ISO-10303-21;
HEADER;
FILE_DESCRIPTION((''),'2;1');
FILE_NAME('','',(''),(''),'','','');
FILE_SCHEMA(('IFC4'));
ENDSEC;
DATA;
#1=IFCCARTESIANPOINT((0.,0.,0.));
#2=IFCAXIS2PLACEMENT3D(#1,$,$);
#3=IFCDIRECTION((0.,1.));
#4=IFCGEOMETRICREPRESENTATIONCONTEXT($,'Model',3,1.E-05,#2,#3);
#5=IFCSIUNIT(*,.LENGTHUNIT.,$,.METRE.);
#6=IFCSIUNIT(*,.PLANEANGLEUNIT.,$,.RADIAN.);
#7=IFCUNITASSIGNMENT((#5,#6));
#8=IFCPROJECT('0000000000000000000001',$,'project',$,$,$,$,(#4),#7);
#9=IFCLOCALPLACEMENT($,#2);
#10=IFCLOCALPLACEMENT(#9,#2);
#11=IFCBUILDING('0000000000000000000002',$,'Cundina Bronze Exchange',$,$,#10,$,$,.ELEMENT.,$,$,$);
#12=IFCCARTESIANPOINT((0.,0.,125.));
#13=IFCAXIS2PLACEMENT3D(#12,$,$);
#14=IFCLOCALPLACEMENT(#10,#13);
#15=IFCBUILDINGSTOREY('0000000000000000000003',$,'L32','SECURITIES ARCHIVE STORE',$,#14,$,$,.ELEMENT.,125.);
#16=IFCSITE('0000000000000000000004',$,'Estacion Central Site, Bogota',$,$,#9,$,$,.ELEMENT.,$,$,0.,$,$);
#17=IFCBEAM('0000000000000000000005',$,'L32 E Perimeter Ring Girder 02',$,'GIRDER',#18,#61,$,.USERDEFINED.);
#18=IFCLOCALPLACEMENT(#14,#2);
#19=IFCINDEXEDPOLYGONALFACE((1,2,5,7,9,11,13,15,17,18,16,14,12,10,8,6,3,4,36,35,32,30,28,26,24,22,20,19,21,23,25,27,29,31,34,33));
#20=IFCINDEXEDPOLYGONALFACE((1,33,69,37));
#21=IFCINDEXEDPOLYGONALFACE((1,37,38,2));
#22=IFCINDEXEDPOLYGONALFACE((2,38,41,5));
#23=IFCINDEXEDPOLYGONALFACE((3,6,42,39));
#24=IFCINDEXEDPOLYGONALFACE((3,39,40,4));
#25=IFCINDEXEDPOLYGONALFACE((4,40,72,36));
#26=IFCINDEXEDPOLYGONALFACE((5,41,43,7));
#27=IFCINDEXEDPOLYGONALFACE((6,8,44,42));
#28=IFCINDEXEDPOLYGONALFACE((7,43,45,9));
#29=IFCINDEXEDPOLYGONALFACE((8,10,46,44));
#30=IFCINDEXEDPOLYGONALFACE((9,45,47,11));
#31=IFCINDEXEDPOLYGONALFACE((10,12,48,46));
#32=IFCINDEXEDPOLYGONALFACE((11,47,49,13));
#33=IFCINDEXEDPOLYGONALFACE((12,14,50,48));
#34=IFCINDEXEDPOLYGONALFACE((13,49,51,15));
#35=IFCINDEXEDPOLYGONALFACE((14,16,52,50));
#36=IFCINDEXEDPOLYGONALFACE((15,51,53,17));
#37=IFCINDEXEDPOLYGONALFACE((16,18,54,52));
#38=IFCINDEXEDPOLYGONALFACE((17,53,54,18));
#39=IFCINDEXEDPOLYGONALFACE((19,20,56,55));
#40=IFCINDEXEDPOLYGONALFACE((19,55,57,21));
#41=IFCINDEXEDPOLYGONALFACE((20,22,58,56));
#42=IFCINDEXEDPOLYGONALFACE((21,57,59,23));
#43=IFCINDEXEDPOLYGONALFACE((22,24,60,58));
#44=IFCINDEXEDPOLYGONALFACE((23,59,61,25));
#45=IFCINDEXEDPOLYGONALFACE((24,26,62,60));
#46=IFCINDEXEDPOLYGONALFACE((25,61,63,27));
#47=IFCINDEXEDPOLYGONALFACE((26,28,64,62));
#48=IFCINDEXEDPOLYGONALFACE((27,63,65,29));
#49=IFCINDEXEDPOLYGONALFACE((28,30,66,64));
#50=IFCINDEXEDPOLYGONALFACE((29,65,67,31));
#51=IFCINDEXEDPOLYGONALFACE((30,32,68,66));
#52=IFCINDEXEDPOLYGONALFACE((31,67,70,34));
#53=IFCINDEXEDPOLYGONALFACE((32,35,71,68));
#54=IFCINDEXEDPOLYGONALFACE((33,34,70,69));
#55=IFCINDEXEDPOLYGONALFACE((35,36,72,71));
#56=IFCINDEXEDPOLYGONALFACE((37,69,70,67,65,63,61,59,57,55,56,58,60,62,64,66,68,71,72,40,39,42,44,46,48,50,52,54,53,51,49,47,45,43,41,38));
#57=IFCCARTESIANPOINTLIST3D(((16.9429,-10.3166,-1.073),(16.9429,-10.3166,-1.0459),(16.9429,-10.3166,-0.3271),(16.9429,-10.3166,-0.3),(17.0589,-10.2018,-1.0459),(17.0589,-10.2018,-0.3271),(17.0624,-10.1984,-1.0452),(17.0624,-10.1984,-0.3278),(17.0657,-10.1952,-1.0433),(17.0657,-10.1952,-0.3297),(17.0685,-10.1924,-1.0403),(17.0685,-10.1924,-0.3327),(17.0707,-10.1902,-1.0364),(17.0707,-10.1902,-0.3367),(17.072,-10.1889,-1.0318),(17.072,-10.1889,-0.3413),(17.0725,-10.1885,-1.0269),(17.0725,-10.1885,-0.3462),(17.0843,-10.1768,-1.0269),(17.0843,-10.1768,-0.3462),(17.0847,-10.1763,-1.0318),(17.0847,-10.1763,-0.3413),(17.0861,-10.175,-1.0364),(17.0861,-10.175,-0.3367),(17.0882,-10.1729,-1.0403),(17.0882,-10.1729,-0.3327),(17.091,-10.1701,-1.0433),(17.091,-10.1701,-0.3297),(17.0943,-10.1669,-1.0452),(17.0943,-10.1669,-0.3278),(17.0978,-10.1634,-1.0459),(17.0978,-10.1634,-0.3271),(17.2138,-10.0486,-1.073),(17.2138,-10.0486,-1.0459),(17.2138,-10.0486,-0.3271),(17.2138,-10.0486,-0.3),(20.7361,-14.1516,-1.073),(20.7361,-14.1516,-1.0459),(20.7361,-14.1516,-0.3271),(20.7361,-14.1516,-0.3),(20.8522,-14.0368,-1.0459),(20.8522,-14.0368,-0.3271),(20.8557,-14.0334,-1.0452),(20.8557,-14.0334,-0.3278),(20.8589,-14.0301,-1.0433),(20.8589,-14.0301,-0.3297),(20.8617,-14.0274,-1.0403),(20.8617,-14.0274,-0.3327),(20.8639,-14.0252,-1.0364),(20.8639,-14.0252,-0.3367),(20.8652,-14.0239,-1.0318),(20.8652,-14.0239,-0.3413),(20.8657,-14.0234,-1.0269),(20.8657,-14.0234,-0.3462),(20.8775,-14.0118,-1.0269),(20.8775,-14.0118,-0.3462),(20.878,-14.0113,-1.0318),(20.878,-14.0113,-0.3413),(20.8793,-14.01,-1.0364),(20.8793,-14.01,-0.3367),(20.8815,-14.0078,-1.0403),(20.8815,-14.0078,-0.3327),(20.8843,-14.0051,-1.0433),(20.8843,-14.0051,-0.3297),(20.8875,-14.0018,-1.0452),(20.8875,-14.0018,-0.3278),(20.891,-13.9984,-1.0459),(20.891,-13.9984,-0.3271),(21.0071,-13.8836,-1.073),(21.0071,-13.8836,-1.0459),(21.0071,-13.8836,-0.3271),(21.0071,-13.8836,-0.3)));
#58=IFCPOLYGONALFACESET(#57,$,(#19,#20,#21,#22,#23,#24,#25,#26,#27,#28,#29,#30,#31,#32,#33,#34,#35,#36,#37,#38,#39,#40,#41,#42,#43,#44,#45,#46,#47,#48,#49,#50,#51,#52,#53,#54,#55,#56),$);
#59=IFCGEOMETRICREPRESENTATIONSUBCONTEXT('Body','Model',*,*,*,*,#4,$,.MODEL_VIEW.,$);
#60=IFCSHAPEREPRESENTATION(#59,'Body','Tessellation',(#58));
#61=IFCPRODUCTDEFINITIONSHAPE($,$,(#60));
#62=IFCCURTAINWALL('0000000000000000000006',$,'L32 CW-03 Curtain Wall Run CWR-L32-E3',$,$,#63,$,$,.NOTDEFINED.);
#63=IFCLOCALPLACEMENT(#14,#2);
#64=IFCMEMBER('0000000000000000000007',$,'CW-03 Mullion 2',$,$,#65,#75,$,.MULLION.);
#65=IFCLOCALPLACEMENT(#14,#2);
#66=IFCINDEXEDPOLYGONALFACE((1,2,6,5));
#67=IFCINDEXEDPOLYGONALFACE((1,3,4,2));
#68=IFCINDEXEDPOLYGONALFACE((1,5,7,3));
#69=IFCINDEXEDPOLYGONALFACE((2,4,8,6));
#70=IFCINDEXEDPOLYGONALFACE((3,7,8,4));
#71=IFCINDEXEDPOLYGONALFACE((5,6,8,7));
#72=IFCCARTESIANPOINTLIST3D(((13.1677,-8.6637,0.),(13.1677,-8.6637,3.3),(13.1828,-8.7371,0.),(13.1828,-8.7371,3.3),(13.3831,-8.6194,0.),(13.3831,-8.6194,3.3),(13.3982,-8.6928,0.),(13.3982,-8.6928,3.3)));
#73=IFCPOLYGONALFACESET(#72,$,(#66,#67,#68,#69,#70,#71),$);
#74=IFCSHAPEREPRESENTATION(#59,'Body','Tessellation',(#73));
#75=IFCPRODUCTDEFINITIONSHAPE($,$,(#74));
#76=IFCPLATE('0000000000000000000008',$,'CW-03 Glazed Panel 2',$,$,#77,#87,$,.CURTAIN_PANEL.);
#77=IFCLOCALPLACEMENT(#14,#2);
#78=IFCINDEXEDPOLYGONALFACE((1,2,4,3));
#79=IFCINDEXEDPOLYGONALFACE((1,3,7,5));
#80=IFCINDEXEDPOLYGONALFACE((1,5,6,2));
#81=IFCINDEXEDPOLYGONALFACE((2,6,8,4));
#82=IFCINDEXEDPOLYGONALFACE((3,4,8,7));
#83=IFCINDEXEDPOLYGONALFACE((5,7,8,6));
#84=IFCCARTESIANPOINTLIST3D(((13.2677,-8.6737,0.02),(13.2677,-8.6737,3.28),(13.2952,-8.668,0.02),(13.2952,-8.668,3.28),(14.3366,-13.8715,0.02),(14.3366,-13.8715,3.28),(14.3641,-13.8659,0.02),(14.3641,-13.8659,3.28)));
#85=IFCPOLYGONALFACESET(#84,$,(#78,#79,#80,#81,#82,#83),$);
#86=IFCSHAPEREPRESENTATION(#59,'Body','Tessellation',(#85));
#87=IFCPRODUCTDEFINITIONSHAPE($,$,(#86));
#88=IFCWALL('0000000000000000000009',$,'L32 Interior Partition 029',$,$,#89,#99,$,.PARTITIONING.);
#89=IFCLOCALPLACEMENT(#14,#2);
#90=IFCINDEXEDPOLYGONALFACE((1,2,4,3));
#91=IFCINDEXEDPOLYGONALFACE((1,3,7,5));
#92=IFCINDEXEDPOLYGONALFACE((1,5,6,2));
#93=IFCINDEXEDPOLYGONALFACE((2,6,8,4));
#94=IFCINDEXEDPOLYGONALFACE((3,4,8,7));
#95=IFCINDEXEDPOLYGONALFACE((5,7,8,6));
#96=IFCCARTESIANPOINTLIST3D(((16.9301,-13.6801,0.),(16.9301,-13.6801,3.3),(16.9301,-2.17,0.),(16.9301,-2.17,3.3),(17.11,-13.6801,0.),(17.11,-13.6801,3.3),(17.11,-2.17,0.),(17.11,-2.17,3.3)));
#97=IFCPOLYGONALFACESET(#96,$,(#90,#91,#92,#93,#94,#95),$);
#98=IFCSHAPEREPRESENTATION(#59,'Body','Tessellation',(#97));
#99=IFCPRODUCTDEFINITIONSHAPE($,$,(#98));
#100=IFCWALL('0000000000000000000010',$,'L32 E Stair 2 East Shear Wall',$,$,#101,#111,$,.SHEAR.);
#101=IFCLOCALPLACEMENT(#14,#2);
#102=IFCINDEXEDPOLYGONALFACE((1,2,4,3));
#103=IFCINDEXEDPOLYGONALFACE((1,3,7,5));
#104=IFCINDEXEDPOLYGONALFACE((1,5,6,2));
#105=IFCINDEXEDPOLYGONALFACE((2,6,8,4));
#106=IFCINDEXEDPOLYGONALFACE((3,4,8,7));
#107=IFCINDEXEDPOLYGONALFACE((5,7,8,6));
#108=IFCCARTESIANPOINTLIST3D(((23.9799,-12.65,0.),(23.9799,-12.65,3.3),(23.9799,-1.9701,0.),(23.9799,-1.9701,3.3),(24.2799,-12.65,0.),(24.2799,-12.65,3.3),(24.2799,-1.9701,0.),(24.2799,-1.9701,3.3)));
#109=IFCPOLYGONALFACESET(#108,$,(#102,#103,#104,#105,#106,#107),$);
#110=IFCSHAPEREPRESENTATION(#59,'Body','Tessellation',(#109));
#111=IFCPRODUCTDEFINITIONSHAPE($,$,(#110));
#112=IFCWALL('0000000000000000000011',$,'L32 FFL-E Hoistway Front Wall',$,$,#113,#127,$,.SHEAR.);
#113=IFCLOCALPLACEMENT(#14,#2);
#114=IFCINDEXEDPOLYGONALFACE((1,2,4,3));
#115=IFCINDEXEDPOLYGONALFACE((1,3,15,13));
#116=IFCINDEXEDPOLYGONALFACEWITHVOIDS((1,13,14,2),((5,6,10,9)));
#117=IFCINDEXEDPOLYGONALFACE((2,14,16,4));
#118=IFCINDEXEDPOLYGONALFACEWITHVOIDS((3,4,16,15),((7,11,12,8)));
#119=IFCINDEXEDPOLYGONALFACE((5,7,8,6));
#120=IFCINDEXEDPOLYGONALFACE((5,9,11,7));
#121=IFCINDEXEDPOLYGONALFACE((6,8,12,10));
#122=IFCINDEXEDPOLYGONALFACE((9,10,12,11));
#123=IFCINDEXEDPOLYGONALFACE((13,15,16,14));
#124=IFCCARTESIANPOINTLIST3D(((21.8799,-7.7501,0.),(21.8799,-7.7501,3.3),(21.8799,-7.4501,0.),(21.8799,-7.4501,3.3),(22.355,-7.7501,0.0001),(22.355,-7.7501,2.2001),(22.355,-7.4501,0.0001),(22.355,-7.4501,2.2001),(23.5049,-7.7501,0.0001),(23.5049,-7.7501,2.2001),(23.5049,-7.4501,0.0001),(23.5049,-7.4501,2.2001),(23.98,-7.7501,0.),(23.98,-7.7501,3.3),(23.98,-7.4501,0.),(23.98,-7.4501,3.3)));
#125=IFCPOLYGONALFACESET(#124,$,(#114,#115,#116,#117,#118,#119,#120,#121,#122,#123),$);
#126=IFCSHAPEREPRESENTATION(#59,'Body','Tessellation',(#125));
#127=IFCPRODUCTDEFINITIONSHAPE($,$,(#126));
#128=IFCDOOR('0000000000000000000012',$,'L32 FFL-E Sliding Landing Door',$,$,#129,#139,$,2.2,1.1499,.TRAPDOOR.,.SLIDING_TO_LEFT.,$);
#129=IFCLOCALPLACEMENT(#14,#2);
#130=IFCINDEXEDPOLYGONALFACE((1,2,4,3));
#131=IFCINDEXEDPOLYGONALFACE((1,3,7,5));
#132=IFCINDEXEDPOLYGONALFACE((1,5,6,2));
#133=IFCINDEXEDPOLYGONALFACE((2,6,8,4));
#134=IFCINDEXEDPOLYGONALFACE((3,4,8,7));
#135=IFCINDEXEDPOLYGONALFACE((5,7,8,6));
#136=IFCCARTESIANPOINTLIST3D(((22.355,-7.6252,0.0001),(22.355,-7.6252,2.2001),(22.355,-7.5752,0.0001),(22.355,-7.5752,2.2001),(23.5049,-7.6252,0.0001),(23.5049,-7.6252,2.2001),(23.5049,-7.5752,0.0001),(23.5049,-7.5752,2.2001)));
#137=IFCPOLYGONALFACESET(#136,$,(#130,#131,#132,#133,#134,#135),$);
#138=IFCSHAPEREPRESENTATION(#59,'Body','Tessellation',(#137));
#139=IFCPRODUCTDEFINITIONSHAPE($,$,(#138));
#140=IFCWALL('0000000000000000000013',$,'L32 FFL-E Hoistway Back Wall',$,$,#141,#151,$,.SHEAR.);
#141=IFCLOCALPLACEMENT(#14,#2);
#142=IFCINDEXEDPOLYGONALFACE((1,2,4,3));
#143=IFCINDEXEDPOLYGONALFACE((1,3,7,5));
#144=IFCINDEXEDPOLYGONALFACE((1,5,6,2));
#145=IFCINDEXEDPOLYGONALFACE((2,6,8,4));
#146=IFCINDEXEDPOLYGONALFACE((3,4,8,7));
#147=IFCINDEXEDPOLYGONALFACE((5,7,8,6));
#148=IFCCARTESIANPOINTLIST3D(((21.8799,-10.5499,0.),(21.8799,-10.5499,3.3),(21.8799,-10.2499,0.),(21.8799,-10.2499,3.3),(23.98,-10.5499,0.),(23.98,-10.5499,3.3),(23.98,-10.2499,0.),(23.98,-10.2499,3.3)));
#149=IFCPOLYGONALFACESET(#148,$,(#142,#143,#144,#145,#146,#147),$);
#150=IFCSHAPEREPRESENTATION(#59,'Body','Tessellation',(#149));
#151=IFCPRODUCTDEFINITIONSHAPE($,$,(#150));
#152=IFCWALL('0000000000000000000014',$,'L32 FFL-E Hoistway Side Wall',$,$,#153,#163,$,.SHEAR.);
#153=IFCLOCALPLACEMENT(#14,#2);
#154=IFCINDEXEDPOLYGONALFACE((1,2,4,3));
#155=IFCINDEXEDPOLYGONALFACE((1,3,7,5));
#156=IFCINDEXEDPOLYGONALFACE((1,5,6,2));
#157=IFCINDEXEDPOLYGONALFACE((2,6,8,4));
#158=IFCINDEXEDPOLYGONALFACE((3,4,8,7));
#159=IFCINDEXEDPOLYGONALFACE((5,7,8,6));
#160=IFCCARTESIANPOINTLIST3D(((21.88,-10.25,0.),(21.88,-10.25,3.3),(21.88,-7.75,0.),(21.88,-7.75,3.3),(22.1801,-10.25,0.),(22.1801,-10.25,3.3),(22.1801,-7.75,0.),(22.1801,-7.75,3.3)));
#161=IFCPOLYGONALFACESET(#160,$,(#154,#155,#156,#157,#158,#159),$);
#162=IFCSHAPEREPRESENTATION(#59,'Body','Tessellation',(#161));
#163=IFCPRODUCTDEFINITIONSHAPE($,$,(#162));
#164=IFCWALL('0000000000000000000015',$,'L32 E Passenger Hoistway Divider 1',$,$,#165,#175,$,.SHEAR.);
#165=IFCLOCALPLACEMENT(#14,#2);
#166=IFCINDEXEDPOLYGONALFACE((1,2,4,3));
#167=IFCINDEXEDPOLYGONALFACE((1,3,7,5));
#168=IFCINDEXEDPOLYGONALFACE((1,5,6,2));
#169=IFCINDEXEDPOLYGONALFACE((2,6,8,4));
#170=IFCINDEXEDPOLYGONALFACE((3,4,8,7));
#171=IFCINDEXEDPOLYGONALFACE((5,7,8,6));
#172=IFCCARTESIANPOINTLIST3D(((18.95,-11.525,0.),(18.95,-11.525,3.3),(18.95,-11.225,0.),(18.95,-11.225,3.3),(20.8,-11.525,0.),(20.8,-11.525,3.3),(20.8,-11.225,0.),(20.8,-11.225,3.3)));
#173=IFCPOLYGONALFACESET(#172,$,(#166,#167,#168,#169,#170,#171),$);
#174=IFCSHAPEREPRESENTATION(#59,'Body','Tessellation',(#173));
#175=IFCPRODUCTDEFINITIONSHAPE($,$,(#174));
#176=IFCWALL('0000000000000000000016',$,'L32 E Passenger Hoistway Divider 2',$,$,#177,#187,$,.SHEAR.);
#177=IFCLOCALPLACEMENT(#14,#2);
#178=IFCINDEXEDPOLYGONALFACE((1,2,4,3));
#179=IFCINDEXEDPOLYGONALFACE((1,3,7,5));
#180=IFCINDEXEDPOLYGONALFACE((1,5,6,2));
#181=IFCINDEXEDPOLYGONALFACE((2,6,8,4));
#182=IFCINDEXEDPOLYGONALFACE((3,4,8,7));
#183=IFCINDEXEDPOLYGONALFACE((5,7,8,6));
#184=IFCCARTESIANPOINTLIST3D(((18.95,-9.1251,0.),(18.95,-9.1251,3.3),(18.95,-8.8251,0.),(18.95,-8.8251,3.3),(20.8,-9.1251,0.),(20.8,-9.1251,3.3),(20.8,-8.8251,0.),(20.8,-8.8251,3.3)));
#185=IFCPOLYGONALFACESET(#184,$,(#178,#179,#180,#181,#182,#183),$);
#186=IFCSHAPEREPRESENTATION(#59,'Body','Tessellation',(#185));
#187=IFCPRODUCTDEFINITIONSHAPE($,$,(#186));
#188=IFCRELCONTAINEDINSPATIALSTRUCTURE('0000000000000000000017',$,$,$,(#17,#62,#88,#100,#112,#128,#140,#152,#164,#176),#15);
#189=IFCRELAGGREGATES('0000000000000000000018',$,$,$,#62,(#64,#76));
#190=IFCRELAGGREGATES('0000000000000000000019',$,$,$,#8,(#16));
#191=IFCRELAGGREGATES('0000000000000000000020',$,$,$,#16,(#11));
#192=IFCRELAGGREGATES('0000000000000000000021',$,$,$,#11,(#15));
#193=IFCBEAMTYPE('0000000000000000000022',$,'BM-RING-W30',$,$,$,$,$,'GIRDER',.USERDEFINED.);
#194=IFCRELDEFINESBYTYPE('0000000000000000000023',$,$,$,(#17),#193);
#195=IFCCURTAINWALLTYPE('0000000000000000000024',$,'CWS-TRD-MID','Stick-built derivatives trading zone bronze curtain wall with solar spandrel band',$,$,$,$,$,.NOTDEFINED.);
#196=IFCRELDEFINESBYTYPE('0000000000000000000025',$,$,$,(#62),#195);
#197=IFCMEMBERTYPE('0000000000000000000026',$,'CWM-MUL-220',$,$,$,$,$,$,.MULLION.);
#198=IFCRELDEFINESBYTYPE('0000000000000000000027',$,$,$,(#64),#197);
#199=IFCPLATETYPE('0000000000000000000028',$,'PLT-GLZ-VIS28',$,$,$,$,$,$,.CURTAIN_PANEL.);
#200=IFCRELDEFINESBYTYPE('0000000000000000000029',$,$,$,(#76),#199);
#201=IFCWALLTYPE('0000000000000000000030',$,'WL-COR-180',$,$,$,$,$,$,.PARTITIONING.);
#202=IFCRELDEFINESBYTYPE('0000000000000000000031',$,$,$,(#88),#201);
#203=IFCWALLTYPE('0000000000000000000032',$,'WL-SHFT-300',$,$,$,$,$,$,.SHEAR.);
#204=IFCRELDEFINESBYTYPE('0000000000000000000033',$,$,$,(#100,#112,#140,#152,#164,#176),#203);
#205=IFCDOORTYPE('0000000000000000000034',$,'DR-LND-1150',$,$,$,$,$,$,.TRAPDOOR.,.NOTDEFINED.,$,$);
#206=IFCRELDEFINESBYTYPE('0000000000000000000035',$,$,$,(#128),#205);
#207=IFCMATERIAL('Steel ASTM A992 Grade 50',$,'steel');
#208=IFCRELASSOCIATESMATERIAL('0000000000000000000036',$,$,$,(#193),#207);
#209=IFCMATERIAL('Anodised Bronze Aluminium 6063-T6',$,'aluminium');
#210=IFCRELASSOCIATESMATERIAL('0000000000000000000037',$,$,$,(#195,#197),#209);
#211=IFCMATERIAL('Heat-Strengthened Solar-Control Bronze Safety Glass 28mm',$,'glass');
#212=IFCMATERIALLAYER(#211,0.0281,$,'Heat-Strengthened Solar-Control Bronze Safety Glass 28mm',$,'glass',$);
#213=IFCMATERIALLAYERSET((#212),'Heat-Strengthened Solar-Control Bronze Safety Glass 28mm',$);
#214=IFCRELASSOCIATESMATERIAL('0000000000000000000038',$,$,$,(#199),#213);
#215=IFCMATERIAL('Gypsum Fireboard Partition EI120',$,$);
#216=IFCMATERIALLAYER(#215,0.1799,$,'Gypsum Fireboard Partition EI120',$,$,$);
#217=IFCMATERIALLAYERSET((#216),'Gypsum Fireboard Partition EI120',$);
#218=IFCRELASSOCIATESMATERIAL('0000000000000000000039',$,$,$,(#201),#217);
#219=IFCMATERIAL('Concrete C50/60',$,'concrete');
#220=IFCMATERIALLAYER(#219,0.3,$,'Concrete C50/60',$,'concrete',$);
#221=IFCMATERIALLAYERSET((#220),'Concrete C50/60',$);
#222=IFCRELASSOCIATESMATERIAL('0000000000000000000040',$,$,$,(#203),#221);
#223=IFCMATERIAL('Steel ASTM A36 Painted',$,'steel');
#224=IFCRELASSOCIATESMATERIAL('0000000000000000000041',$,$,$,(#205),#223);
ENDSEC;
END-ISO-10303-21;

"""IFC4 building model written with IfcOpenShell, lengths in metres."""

from ifc_helpers import new_model, si_unit, direction, frame, frame_2d, origin, origin_2d, place, context, subcontext, project, spatial, rectangle, i_section, extrude, material, layer, layer_set, material_profile, profile_set, type_object, element, fill, aggregate, save


model = new_model("IFC4")

# Units and contexts
model_context = context("Model", 3, precision=1e-05, world=origin(), true_north=direction((0.0, 1.0)))
body_context = subcontext(model_context, "Body", "Model", "MODEL_VIEW")
ifc_project = project(units=[si_unit("LENGTHUNIT", "METRE"), si_unit("PLANEANGLEUNIT", "RADIAN")], contexts=[model_context])

# Site, building, storey
site_placement = place(None, origin())
site = spatial("IfcSite", under=ifc_project, at=site_placement, Name="Estacion Central Site, Bogota", CompositionType="ELEMENT", RefElevation=0.0)
building_placement = place(site_placement, origin())
building = spatial("IfcBuilding", under=site, at=building_placement, Name="Cundina Bronze Exchange", CompositionType="ELEMENT")
storey_placement = place(building_placement, frame((0.0, 0.0, 125.0)))
storey = spatial("IfcBuildingStorey", under=building, at=storey_placement, Name="L32", Description="SECURITIES ARCHIVE STORE", CompositionType="ELEMENT", Elevation=125.0)

# Beam
ifc_material_1 = material(Name="Steel ASTM A992 Grade 50", Category="steel")
ifc_material_profile_1 = material_profile(ifc_material_1, i_section(OverallWidth=0.3811, OverallDepth=0.7729, WebThickness=0.0166, FlangeThickness=0.0271, FilletRadius=0.019, at=origin_2d()), Name="W30X173", Category="steel")
ifc_profile_set_1 = profile_set([ifc_material_profile_1], Name="Steel ASTM A992 Grade 50")
beam_type_1 = type_object("IfcBeamType", Name="BM-RING-W30", ElementType="GIRDER", PredefinedType="USERDEFINED", material=ifc_profile_set_1)
beam_1_placement = place(storey_placement, frame((17.0784, -10.1826, -0.6865), z_axis=(0.703226, -0.710966, 0.0), x_axis=(0.710966, 0.703226, 0.0)))
element("IfcBeam", 1, at=beam_1_placement, inside=storey, type_object=beam_type_1, Name="L32 E Perimeter Ring Girder 02", ObjectType="GIRDER", PredefinedType="USERDEFINED", context=body_context, shape_type="SweptSolid", body=[
    extrude(i_section(OverallWidth=0.3811, OverallDepth=0.7729, WebThickness=0.0166, FlangeThickness=0.0271, FilletRadius=0.019, at=origin_2d()), origin(), (0.0, 0.0, 1.0), 5.394),
])

# Curtain wall, member, plate
ifc_material_2 = material(Name="Anodised Bronze Aluminium 6063-T6", Category="aluminium")
curtain_wall_type = type_object("IfcCurtainWallType", Name="CWS-TRD-MID", Description="Stick-built derivatives trading zone bronze curtain wall with solar spandrel band", PredefinedType="NOTDEFINED", material=ifc_material_2)
curtain_wall_placement = place(storey_placement, origin())
curtain_wall = element("IfcCurtainWall", 2, at=curtain_wall_placement, inside=storey, type_object=curtain_wall_type, Name="L32 CW-03 Curtain Wall Run CWR-L32-E3", PredefinedType="NOTDEFINED")
ifc_material_profile_2 = material_profile(ifc_material_2, rectangle(XDim=0.075, YDim=0.22, at=origin_2d()), Name="AL75X220", Category="aluminium")
ifc_profile_set_2 = profile_set([ifc_material_profile_2], Name="Anodised Bronze Aluminium 6063-T6")
member_type = type_object("IfcMemberType", Name="CWM-MUL-220", PredefinedType="MULLION", material=ifc_profile_set_2)
member_placement = place(storey_placement, frame((13.283, -8.6782, 0.0), z_axis=(0.0, 0.0, 1.0), x_axis=(0.20142, -0.979505, 0.0)))
member = element("IfcMember", 3, at=member_placement, type_object=member_type, Name="CW-03 Mullion 2", PredefinedType="MULLION", context=body_context, shape_type="SweptSolid", body=[
    extrude(rectangle(XDim=0.075, YDim=0.22, at=origin_2d()), origin(), (0.0, 0.0, 1.0), 3.3),
])
ifc_material_3 = material(Name="Heat-Strengthened Solar-Control Bronze Safety Glass 28mm", Category="glass")
ifc_layer_1 = layer(ifc_material_3, 0.0281, Name="Heat-Strengthened Solar-Control Bronze Safety Glass 28mm", Category="glass")
ifc_layer_set_1 = layer_set([ifc_layer_1], Name="Heat-Strengthened Solar-Control Bronze Safety Glass 28mm")
plate_type = type_object("IfcPlateType", Name="PLT-GLZ-VIS28", PredefinedType="CURTAIN_PANEL", material=ifc_layer_set_1)
plate_placement = place(storey_placement, frame((13.8159, -11.2698, 0.02), z_axis=(0.0, 0.0, 1.0), x_axis=(0.20142, -0.979505, 0.0)))
plate = element("IfcPlate", 4, at=plate_placement, type_object=plate_type, Name="CW-03 Glazed Panel 2", PredefinedType="CURTAIN_PANEL", context=body_context, shape_type="SweptSolid", body=[
    extrude(rectangle(XDim=5.3066, YDim=0.0281, at=origin_2d()), origin(), (0.0, 0.0, 1.0), 3.26),
])
aggregate(curtain_wall, [member, plate])

# Walls
ifc_material_4 = material(Name="Gypsum Fireboard Partition EI120")
ifc_layer_2 = layer(ifc_material_4, 0.1799, Name="Gypsum Fireboard Partition EI120")
ifc_layer_set_2 = layer_set([ifc_layer_2], Name="Gypsum Fireboard Partition EI120")
wall_type_1 = type_object("IfcWallType", Name="WL-COR-180", PredefinedType="PARTITIONING", material=ifc_layer_set_2)
wall_1_placement = place(storey_placement, frame((17.02, -13.6799, 0.0), z_axis=(0.0, 0.0, 1.0), x_axis=(0.0, 1.0, 0.0)))
element("IfcWall", 5, at=wall_1_placement, inside=storey, type_object=wall_type_1, Name="L32 Interior Partition 029", PredefinedType="PARTITIONING", context=body_context, shape_type="SweptSolid", body=[
    extrude(rectangle(XDim=11.51, YDim=0.1799, at=frame_2d((5.7549, 0.0))), origin(), (0.0, 0.0, 1.0), 3.3),
])
ifc_material_5 = material(Name="Concrete C50/60", Category="concrete")
ifc_layer_3 = layer(ifc_material_5, 0.3, Name="Concrete C50/60", Category="concrete")
ifc_layer_set_3 = layer_set([ifc_layer_3], Name="Concrete C50/60")
wall_type_2 = type_object("IfcWallType", Name="WL-SHFT-300", PredefinedType="SHEAR", material=ifc_layer_set_3)
wall_2_placement = place(storey_placement, frame((24.1299, -12.6499, 0.0), z_axis=(0.0, 0.0, 1.0), x_axis=(0.0, 1.0, 0.0)))
element("IfcWall", 6, at=wall_2_placement, inside=storey, type_object=wall_type_2, Name="L32 E Stair 2 East Shear Wall", PredefinedType="SHEAR", context=body_context, shape_type="SweptSolid", body=[
    extrude(rectangle(XDim=10.6799, YDim=0.3, at=frame_2d((5.3398, 0.0))), origin(), (0.0, 0.0, 1.0), 3.3),
])

# Wall, opening, door
ifc_material_6 = material(Name="Steel ASTM A36 Painted", Category="steel")
wall_3_placement = place(storey_placement, frame((21.8799, -7.6001, 0.0), z_axis=(0.0, 0.0, 1.0), x_axis=(1.0, 0.0, 0.0)))
wall_3 = element("IfcWall", 7, at=wall_3_placement, inside=storey, type_object=wall_type_2, Name="L32 FFL-E Hoistway Front Wall", PredefinedType="SHEAR", context=body_context, shape_type="SweptSolid", body=[
    extrude(rectangle(XDim=2.1001, YDim=0.3, at=frame_2d((1.05, 0.0))), origin(), (0.0, 0.0, 1.0), 3.3),
])
opening_1_placement = place(wall_3_placement, frame((0.4751, 0.0, 0.0)))
opening_1 = element("IfcOpeningElement", 8, at=opening_1_placement, cuts=wall_3, PredefinedType="OPENING", context=body_context, shape_type="SweptSolid", body=[
    extrude(rectangle(XDim=1.1499, YDim=2.2, at=frame_2d((0.575, 1.1001))), frame((0.0, 0.1599, 0.0), z_axis=(0.0, -1.0, 0.0), x_axis=(1.0, 0.0, 0.0)), (0.0, 0.0, 1.0), 0.3201),
])
door_type_1 = type_object("IfcDoorType", Name="DR-LND-1150", OperationType="NOTDEFINED", PredefinedType="TRAPDOOR", material=ifc_material_6)
door_1_placement = place(opening_1_placement, origin())
door_1 = element("IfcDoor", 9, at=door_1_placement, inside=storey, type_object=door_type_1, Name="L32 FFL-E Sliding Landing Door", OperationType="SLIDING_TO_LEFT", OverallHeight=2.2, OverallWidth=1.1499, PredefinedType="TRAPDOOR", context=body_context, shape_type="SweptSolid", body=[
    extrude(rectangle(XDim=1.1499, YDim=2.2, at=frame_2d((0.575, 1.1001))), frame((0.0, 0.0249, 0.0), z_axis=(0.0, -1.0, 0.0), x_axis=(1.0, 0.0, 0.0)), (0.0, 0.0, 1.0), 0.05),
])
fill(opening_1, door_1)

# Walls
wall_4_placement = place(storey_placement, frame((21.8799, -10.3999, 0.0), z_axis=(0.0, 0.0, 1.0), x_axis=(1.0, 0.0, 0.0)))
element("IfcWall", 10, at=wall_4_placement, inside=storey, type_object=wall_type_2, Name="L32 FFL-E Hoistway Back Wall", PredefinedType="SHEAR", context=body_context, shape_type="SweptSolid", body=[
    extrude(rectangle(XDim=2.1001, YDim=0.3, at=frame_2d((1.05, 0.0))), origin(), (0.0, 0.0, 1.0), 3.3),
])
wall_5_placement = place(storey_placement, frame((22.03, -10.25, 0.0), z_axis=(0.0, 0.0, 1.0), x_axis=(0.0, 1.0, 0.0)))
element("IfcWall", 11, at=wall_5_placement, inside=storey, type_object=wall_type_2, Name="L32 FFL-E Hoistway Side Wall", PredefinedType="SHEAR", context=body_context, shape_type="SweptSolid", body=[
    extrude(rectangle(XDim=2.5, YDim=0.3, at=frame_2d((1.25, 0.0))), origin(), (0.0, 0.0, 1.0), 3.3),
])
for number, where, z_axis, x_axis, name in (
    (12, (18.95, -11.375, 0.0), (0.0, 0.0, 1.0), (1.0, 0.0, 0.0), "L32 E Passenger Hoistway Divider 1"),
    (13, (18.95, -8.9751, 0.0), (0.0, 0.0, 1.0), (1.0, 0.0, 0.0), "L32 E Passenger Hoistway Divider 2"),
):
    element("IfcWall", number, at=place(storey_placement, frame(where, z_axis=z_axis, x_axis=x_axis)), inside=storey, type_object=wall_type_2, Name=name, PredefinedType="SHEAR", context=body_context, shape_type="SweptSolid", body=[
        extrude(rectangle(XDim=1.8501, YDim=0.3, at=frame_2d((0.925, 0.0))), origin(), (0.0, 0.0, 1.0), 3.3),
    ])

save(model, "model.ifc")
